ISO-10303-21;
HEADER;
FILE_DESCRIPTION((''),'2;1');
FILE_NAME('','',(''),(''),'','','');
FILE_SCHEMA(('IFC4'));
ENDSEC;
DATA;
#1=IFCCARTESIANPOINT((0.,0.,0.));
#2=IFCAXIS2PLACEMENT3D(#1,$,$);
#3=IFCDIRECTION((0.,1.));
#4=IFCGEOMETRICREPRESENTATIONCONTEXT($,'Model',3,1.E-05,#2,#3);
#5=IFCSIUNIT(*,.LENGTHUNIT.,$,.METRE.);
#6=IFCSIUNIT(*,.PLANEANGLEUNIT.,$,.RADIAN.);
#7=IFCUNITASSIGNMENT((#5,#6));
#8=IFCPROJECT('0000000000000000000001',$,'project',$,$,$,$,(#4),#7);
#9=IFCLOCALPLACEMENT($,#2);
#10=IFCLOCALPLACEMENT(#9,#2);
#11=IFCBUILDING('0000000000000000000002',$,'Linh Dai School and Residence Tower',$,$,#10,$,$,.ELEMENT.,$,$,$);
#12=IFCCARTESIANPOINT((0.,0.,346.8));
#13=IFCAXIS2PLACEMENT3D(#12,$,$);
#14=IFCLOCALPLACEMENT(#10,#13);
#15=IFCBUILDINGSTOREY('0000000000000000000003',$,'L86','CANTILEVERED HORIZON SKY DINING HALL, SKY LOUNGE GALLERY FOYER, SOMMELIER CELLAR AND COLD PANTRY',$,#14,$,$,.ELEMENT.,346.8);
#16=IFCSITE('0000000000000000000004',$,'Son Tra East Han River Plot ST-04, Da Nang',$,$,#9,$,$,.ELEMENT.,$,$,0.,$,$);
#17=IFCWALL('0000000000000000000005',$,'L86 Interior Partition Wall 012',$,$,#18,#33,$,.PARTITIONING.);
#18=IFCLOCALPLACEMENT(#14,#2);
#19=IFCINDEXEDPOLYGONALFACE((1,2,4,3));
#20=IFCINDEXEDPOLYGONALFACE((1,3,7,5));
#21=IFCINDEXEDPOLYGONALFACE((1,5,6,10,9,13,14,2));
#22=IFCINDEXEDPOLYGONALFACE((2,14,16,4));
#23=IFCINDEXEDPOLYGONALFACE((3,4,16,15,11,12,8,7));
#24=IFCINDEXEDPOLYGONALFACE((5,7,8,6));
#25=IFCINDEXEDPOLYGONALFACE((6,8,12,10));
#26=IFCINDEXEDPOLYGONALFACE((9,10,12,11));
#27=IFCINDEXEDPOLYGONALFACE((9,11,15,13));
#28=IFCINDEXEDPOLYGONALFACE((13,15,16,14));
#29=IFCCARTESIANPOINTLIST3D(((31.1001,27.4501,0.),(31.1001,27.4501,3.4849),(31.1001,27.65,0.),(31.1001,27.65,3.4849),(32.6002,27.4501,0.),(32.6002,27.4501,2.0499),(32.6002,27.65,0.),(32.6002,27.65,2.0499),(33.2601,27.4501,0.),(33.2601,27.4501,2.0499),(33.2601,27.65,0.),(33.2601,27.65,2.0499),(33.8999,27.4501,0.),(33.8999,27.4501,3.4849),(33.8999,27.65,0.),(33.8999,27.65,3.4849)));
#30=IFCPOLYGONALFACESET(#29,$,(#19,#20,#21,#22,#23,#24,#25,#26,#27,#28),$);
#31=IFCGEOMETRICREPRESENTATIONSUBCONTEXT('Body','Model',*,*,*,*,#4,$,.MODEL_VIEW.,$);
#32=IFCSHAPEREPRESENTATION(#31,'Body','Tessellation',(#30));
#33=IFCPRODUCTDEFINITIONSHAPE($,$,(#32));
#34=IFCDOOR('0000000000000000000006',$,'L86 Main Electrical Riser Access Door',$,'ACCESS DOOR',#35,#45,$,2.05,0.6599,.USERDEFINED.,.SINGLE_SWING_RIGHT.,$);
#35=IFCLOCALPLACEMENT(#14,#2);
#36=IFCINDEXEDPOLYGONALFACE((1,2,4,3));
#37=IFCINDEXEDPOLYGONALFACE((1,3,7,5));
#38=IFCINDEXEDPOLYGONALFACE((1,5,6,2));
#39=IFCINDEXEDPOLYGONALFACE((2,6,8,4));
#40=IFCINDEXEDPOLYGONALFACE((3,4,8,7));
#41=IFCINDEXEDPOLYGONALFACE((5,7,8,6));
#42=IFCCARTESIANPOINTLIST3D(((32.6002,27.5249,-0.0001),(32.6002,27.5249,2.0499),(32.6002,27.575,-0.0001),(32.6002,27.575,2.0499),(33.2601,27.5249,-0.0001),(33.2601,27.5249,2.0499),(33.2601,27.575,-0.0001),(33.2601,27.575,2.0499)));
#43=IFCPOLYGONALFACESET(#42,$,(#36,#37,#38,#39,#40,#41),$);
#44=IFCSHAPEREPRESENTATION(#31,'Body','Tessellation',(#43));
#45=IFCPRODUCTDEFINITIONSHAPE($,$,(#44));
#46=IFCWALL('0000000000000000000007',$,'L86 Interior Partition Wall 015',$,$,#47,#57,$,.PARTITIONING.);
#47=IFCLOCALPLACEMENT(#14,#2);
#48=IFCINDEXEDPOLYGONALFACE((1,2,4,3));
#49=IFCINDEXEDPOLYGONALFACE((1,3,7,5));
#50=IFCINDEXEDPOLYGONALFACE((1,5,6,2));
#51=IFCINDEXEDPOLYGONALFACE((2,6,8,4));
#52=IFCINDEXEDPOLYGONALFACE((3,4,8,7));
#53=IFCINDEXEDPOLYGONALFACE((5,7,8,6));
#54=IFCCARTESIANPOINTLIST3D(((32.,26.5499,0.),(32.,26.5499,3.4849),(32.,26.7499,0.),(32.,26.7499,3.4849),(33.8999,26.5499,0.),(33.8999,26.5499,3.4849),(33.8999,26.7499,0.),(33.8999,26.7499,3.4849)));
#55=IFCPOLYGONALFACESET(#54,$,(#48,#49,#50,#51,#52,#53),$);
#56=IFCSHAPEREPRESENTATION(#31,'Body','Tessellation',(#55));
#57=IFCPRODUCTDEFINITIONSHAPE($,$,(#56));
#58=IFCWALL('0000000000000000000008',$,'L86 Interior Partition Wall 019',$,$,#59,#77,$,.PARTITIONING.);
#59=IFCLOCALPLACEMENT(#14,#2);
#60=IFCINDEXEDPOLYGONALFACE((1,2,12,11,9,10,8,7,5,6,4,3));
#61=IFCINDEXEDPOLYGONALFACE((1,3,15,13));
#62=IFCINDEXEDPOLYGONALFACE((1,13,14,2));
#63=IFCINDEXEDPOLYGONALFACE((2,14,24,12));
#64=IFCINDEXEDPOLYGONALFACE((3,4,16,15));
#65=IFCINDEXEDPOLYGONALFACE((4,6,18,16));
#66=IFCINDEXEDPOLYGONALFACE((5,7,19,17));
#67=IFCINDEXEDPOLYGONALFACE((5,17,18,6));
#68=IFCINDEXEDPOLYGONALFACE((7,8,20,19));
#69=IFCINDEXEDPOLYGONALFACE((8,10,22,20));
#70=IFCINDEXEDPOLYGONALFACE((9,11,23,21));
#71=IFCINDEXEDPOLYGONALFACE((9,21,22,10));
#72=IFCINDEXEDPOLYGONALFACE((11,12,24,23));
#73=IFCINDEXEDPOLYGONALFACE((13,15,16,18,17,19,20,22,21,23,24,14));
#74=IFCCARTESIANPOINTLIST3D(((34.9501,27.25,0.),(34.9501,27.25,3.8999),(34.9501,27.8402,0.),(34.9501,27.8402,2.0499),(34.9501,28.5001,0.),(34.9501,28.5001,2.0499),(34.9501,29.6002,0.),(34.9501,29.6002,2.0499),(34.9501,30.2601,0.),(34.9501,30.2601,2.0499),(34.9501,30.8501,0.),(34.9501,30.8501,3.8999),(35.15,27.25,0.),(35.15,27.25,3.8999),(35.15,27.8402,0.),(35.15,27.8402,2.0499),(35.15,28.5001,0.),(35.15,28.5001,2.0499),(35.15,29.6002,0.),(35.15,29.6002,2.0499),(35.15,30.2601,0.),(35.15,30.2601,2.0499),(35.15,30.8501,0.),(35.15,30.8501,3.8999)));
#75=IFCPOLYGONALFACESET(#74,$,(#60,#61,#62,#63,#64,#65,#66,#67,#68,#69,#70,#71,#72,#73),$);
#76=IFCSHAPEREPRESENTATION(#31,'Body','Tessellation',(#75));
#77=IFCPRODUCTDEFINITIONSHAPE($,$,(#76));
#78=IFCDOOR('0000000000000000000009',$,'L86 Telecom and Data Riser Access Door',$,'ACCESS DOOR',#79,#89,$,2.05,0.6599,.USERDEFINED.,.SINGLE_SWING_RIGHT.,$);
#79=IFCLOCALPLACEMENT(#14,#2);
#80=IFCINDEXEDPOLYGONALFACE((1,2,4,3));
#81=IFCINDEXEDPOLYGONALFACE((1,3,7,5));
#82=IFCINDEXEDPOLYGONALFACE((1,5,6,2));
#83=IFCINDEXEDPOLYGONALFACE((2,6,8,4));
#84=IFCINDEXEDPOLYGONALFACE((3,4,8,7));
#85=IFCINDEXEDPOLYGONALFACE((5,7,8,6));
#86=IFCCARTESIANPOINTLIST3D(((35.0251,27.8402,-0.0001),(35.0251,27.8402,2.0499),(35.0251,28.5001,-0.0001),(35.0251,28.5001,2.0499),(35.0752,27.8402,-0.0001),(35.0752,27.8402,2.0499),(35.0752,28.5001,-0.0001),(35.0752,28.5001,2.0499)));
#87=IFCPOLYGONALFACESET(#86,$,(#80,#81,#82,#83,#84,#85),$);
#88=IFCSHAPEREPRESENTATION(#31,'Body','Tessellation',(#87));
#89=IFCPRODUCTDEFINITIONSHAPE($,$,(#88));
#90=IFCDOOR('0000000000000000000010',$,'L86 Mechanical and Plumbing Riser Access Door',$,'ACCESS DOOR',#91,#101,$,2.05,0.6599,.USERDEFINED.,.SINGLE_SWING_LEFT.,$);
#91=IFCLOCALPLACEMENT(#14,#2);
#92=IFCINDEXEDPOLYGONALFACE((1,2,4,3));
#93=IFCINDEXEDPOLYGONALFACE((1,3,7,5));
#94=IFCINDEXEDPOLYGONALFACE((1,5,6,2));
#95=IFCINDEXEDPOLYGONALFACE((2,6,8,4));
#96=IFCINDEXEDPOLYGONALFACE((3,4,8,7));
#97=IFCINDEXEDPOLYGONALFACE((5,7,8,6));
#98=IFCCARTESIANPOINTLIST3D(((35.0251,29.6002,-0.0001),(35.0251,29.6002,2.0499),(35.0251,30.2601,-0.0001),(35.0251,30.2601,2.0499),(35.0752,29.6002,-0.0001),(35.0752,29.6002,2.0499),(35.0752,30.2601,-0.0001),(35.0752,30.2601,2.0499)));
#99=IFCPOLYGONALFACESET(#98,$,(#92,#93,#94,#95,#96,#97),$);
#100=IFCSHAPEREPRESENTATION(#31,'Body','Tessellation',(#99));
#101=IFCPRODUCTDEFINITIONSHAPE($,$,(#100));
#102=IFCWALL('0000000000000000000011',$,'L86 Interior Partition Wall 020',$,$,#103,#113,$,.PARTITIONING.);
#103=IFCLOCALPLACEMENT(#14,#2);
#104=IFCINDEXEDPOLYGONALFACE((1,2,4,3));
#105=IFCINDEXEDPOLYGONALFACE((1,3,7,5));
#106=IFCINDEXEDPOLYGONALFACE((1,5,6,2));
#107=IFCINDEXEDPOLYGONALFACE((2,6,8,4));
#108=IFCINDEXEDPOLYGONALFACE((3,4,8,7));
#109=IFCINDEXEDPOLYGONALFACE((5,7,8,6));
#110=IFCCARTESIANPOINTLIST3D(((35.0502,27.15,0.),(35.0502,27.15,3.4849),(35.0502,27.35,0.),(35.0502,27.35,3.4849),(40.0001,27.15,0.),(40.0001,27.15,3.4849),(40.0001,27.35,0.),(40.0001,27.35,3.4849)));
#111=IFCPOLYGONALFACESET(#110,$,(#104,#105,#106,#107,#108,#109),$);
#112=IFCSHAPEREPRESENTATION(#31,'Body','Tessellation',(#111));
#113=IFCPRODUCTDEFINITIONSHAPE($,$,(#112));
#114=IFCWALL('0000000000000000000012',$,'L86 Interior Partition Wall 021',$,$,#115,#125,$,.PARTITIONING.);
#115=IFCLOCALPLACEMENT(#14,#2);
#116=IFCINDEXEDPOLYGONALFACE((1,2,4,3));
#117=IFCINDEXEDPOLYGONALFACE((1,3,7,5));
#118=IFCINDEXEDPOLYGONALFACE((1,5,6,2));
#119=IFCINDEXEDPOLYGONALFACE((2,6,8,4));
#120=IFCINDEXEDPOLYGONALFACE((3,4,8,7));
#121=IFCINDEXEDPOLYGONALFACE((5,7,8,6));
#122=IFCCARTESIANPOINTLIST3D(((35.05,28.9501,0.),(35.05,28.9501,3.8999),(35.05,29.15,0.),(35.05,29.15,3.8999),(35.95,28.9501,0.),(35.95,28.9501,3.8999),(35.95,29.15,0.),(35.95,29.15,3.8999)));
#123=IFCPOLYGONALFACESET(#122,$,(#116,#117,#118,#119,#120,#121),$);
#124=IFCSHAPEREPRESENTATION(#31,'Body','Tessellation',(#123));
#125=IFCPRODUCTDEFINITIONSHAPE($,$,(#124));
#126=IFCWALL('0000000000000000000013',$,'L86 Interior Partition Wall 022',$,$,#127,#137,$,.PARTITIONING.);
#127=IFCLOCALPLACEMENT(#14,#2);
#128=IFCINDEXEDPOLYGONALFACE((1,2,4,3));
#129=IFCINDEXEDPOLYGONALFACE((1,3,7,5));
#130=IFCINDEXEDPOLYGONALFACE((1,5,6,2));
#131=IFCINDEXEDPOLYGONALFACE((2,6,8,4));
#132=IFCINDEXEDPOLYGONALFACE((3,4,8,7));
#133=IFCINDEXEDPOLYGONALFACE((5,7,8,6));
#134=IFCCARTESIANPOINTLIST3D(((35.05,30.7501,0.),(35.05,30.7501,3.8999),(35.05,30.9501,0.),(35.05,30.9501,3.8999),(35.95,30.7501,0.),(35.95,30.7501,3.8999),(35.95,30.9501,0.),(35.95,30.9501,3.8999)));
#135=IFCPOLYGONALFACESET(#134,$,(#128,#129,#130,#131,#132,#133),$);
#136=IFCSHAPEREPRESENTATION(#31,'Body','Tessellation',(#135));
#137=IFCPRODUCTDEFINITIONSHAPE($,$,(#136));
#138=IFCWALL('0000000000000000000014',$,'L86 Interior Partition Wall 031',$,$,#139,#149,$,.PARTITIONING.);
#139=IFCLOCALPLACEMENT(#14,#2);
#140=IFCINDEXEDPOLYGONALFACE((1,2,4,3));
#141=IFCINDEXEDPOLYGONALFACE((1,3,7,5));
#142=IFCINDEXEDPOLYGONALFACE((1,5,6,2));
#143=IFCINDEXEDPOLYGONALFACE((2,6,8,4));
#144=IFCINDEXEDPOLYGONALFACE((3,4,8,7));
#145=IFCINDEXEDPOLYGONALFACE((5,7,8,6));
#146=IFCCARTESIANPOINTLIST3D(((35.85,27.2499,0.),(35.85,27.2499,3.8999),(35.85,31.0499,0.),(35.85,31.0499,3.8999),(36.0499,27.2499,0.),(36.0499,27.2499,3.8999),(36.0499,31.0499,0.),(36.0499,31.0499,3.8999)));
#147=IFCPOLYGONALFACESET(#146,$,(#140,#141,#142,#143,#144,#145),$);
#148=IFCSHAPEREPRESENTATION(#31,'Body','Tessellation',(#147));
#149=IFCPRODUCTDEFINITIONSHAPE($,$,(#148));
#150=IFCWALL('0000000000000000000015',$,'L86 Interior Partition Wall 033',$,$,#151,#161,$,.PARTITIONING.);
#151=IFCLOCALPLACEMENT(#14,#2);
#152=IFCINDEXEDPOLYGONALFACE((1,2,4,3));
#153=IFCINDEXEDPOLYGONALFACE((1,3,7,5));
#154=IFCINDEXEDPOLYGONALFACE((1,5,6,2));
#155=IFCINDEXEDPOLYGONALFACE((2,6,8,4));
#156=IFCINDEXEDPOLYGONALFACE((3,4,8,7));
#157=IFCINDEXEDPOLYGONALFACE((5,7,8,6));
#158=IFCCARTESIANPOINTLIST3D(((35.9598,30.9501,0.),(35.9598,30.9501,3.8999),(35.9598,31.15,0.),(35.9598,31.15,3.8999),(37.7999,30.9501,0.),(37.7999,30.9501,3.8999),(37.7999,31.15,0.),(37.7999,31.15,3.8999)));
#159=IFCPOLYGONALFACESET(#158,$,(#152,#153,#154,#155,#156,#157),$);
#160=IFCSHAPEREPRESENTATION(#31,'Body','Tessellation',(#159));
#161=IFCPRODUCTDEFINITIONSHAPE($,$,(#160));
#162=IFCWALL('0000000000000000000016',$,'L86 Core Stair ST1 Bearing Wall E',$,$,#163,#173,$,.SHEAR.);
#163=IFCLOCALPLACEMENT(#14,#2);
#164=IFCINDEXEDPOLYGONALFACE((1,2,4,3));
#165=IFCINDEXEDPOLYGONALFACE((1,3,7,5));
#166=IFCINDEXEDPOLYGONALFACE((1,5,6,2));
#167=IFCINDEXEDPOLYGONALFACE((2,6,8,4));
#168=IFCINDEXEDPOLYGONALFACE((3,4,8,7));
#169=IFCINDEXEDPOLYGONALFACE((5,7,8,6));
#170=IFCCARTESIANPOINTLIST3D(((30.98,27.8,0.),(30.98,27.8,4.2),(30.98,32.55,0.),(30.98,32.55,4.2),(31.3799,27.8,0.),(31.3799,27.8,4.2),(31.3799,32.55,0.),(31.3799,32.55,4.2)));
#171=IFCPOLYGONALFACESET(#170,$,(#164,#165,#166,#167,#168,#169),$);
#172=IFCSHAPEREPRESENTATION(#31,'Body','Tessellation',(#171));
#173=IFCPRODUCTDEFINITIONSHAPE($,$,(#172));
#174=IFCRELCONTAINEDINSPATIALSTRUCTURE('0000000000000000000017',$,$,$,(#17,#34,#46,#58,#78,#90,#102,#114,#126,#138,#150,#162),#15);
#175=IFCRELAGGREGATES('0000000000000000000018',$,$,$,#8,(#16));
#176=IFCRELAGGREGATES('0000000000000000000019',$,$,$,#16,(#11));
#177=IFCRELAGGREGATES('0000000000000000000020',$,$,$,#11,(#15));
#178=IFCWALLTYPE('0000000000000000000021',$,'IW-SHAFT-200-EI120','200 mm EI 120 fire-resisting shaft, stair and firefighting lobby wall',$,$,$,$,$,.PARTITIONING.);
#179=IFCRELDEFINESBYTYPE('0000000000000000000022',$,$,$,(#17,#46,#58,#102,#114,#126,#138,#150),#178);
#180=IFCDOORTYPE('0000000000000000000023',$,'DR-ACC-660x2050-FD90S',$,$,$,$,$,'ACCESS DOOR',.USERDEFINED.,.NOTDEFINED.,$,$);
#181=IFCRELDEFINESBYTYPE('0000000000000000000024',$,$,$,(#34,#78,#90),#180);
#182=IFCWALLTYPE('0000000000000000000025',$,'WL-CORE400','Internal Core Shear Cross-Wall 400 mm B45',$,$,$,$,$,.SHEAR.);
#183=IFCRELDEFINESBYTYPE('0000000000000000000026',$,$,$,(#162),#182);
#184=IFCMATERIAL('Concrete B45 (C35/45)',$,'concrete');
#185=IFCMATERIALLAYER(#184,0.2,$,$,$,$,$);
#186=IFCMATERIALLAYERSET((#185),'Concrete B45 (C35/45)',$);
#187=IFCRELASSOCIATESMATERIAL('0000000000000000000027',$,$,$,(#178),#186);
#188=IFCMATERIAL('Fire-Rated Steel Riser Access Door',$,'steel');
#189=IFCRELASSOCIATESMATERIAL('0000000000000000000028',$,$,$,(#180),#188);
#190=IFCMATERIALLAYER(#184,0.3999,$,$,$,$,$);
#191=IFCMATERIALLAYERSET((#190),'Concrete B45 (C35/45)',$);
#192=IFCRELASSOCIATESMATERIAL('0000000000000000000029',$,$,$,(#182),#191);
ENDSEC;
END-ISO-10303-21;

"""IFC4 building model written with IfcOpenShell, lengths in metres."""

from ifc_helpers import new_model, si_unit, direction, frame, frame_2d, origin, origin_2d, place, context, subcontext, project, spatial, rectangle, extrude, source, transform, mapped, material, layer, layer_set, type_object, element, fill, save


model = new_model("IFC4")

# Units and contexts
model_context = context("Model", 3, precision=1e-05, world=origin(), true_north=direction((0.0, 1.0)))
body_context = subcontext(model_context, "Body", "Model", "MODEL_VIEW")
ifc_project = project(units=[si_unit("LENGTHUNIT", "METRE"), si_unit("PLANEANGLEUNIT", "RADIAN")], contexts=[model_context])

# Site, building, storey
site_placement = place(None, origin())
site = spatial("IfcSite", under=ifc_project, at=site_placement, Name="Son Tra East Han River Plot ST-04, Da Nang", CompositionType="ELEMENT", RefElevation=0.0)
building_placement = place(site_placement, origin())
building = spatial("IfcBuilding", under=site, at=building_placement, Name="Linh Dai School and Residence Tower", CompositionType="ELEMENT")
storey_placement = place(building_placement, frame((0.0, 0.0, 346.8)))
storey = spatial("IfcBuildingStorey", under=building, at=storey_placement, Name="L86", Description="CANTILEVERED HORIZON SKY DINING HALL, SKY LOUNGE GALLERY FOYER, SOMMELIER CELLAR AND COLD PANTRY", CompositionType="ELEMENT", Elevation=346.8)

# Wall, opening, door
ifc_material_1 = material(Name="Concrete B45 (C35/45)", Category="concrete")
ifc_layer_1 = layer(ifc_material_1, 0.2)
ifc_layer_set_1 = layer_set([ifc_layer_1], Name="Concrete B45 (C35/45)")
wall_type_1 = type_object("IfcWallType", Name="IW-SHAFT-200-EI120", Description="200 mm EI 120 fire-resisting shaft, stair and firefighting lobby wall", PredefinedType="PARTITIONING", material=ifc_layer_set_1)
wall_1_placement = place(storey_placement, frame((31.1001, 27.55, 0.0), z_axis=(0.0, 0.0, 1.0), x_axis=(1.0, 0.0, 0.0)))
wall_1 = element("IfcWall", 1, at=wall_1_placement, inside=storey, type_object=wall_type_1, Name="L86 Interior Partition Wall 012", PredefinedType="PARTITIONING", context=body_context, shape_type="SweptSolid", body=[
    extrude(rectangle(XDim=2.7998, YDim=0.2, at=frame_2d((1.3999, 0.0))), origin(), (0.0, 0.0, 1.0), 3.4849),
])
opening_1_placement = place(wall_1_placement, frame((1.5, 0.0, 0.0)))
opening_1 = element("IfcOpeningElement", 2, at=opening_1_placement, cuts=wall_1, PredefinedType="OPENING", context=body_context, shape_type="SweptSolid", body=[
    extrude(rectangle(XDim=0.6599, YDim=2.05, at=origin_2d()), frame((0.3301, 0.1099, 1.0249), z_axis=(0.0, -1.0, 0.0), x_axis=(1.0, 0.0, 0.0)), (0.0, 0.0, 1.0), 0.22),
])
ifc_material_2 = material(Name="Fire-Rated Steel Riser Access Door", Category="steel")
door_type_1 = type_object("IfcDoorType", Name="DR-ACC-660x2050-FD90S", ElementType="ACCESS DOOR", OperationType="NOTDEFINED", PredefinedType="USERDEFINED", material=ifc_material_2)
shared_shape_1 = source(origin(), body_context, "Body", "SweptSolid", [
    extrude(rectangle(XDim=0.6599, YDim=2.05, at=origin_2d()), frame((0.3301, 0.0249, 1.0249), z_axis=(0.0, -1.0, 0.0), x_axis=(1.0, 0.0, 0.0)), (0.0, 0.0, 1.0), 0.05),
])
door_1_placement = place(opening_1_placement, origin())
door_1 = element("IfcDoor", 3, at=door_1_placement, inside=storey, type_object=door_type_1, Name="L86 Main Electrical Riser Access Door", ObjectType="ACCESS DOOR", OperationType="SINGLE_SWING_RIGHT", OverallHeight=2.05, OverallWidth=0.6599, PredefinedType="USERDEFINED", context=body_context, shape_type="MappedRepresentation", body=[
    mapped(shared_shape_1, transform((0.0, 0.0, 0.0), x_axis=(1.0, 0.0, 0.0), y_axis=(0.0, 1.0, 0.0), z_axis=(0.0, 0.0, 1.0), scale=1.0)),
])
fill(opening_1, door_1)

# Wall
wall_2_placement = place(storey_placement, frame((32.0, 26.6499, 0.0), z_axis=(0.0, 0.0, 1.0), x_axis=(1.0, 0.0, 0.0)))
element("IfcWall", 4, at=wall_2_placement, inside=storey, type_object=wall_type_1, Name="L86 Interior Partition Wall 015", PredefinedType="PARTITIONING", context=body_context, shape_type="SweptSolid", body=[
    extrude(rectangle(XDim=1.8999, YDim=0.2, at=frame_2d((0.95, 0.0))), origin(), (0.0, 0.0, 1.0), 3.4849),
])

# Wall, openings, doors
wall_3_placement = place(storey_placement, frame((35.05, 27.25, 0.0), z_axis=(0.0, 0.0, 1.0), x_axis=(0.0, 1.0, 0.0)))
wall_3 = element("IfcWall", 5, at=wall_3_placement, inside=storey, type_object=wall_type_1, Name="L86 Interior Partition Wall 019", PredefinedType="PARTITIONING", context=body_context, shape_type="SweptSolid", body=[
    extrude(rectangle(XDim=3.6001, YDim=0.2, at=frame_2d((1.8, 0.0))), origin(), (0.0, 0.0, 1.0), 3.8999),
])
opening_2_placement = place(wall_3_placement, frame((0.5901, 0.0, 0.0)))
opening_2 = element("IfcOpeningElement", 6, at=opening_2_placement, cuts=wall_3, PredefinedType="OPENING", context=body_context, shape_type="SweptSolid", body=[
    extrude(rectangle(XDim=0.6599, YDim=2.05, at=origin_2d()), frame((0.3301, 0.1099, 1.0249), z_axis=(0.0, -1.0, 0.0), x_axis=(1.0, 0.0, 0.0)), (0.0, 0.0, 1.0), 0.22),
])
opening_3_placement = place(wall_3_placement, frame((2.3501, 0.0, 0.0)))
opening_3 = element("IfcOpeningElement", 7, at=opening_3_placement, cuts=wall_3, PredefinedType="OPENING", context=body_context, shape_type="SweptSolid", body=[
    extrude(rectangle(XDim=0.6599, YDim=2.05, at=origin_2d()), frame((0.3301, 0.1099, 1.0249), z_axis=(0.0, -1.0, 0.0), x_axis=(1.0, 0.0, 0.0)), (0.0, 0.0, 1.0), 0.22),
])
door_2_placement = place(opening_2_placement, origin())
door_2 = element("IfcDoor", 8, at=door_2_placement, inside=storey, type_object=door_type_1, Name="L86 Telecom and Data Riser Access Door", ObjectType="ACCESS DOOR", OperationType="SINGLE_SWING_RIGHT", OverallHeight=2.05, OverallWidth=0.6599, PredefinedType="USERDEFINED", context=body_context, shape_type="MappedRepresentation", body=[
    mapped(shared_shape_1, transform((0.0, 0.0, 0.0), x_axis=(1.0, 0.0, 0.0), y_axis=(0.0, 1.0, 0.0), z_axis=(0.0, 0.0, 1.0), scale=1.0)),
])
fill(opening_2, door_2)
door_3_placement = place(opening_3_placement, origin())
door_3 = element("IfcDoor", 9, at=door_3_placement, inside=storey, type_object=door_type_1, Name="L86 Mechanical and Plumbing Riser Access Door", ObjectType="ACCESS DOOR", OperationType="SINGLE_SWING_LEFT", OverallHeight=2.05, OverallWidth=0.6599, PredefinedType="USERDEFINED", context=body_context, shape_type="MappedRepresentation", body=[
    mapped(shared_shape_1, transform((0.0, 0.0, 0.0), x_axis=(1.0, 0.0, 0.0), y_axis=(0.0, 1.0, 0.0), z_axis=(0.0, 0.0, 1.0), scale=1.0)),
])
fill(opening_3, door_3)

# Walls
wall_4_placement = place(storey_placement, frame((35.05, 27.25, 0.0), z_axis=(0.0, 0.0, 1.0), x_axis=(1.0, 0.0, 0.0)))
element("IfcWall", 10, at=wall_4_placement, inside=storey, type_object=wall_type_1, Name="L86 Interior Partition Wall 020", PredefinedType="PARTITIONING", context=body_context, shape_type="SweptSolid", body=[
    extrude(rectangle(XDim=4.95, YDim=0.2, at=frame_2d((2.4751, 0.0))), origin(), (0.0, 0.0, 1.0), 3.4849),
])
for number, where, z_axis, x_axis, name in (
    (11, (35.05, 29.05, 0.0), (0.0, 0.0, 1.0), (1.0, 0.0, 0.0), "L86 Interior Partition Wall 021"),
    (12, (35.05, 30.8501, 0.0), (0.0, 0.0, 1.0), (1.0, 0.0, 0.0), "L86 Interior Partition Wall 022"),
):
    element("IfcWall", number, at=place(storey_placement, frame(where, z_axis=z_axis, x_axis=x_axis)), inside=storey, type_object=wall_type_1, Name=name, PredefinedType="PARTITIONING", context=body_context, shape_type="SweptSolid", body=[
        extrude(rectangle(XDim=0.8999, YDim=0.2, at=frame_2d((0.45, 0.0))), origin(), (0.0, 0.0, 1.0), 3.8999),
    ])
wall_5_placement = place(storey_placement, frame((35.95, 27.25, 0.0), z_axis=(0.0, 0.0, 1.0), x_axis=(0.0, 1.0, 0.0)))
element("IfcWall", 13, at=wall_5_placement, inside=storey, type_object=wall_type_1, Name="L86 Interior Partition Wall 031", PredefinedType="PARTITIONING", context=body_context, shape_type="SweptSolid", body=[
    extrude(rectangle(XDim=3.8, YDim=0.2, at=frame_2d((1.8999, 0.0))), origin(), (0.0, 0.0, 1.0), 3.8999),
])

# Walls
wall_6_placement = place(storey_placement, frame((35.96, 31.05, 0.0), z_axis=(0.0, 0.0, 1.0), x_axis=(1.0, 0.0, 0.0)))
element("IfcWall", 14, at=wall_6_placement, inside=storey, type_object=wall_type_1, Name="L86 Interior Partition Wall 033", PredefinedType="PARTITIONING", context=body_context, shape_type="SweptSolid", body=[
    extrude(rectangle(XDim=1.8401, YDim=0.2, at=frame_2d((0.9199, 0.0))), origin(), (0.0, 0.0, 1.0), 3.8999),
])
ifc_layer_2 = layer(ifc_material_1, 0.3999)
ifc_layer_set_2 = layer_set([ifc_layer_2], Name="Concrete B45 (C35/45)")
wall_type_2 = type_object("IfcWallType", Name="WL-CORE400", Description="Internal Core Shear Cross-Wall 400 mm B45", PredefinedType="SHEAR", material=ifc_layer_set_2)
wall_7_placement = place(storey_placement, frame((31.1799, 27.8, 0.0), z_axis=(0.0, 0.0, 1.0), x_axis=(0.0, 1.0, 0.0)))
element("IfcWall", 15, at=wall_7_placement, inside=storey, type_object=wall_type_2, Name="L86 Core Stair ST1 Bearing Wall E", PredefinedType="SHEAR", context=body_context, shape_type="SweptSolid", body=[
    extrude(rectangle(XDim=4.75, YDim=0.3999, at=frame_2d((2.375, 0.0))), origin(), (0.0, 0.0, 1.0), 4.2),
])

save(model, "model.ifc")
